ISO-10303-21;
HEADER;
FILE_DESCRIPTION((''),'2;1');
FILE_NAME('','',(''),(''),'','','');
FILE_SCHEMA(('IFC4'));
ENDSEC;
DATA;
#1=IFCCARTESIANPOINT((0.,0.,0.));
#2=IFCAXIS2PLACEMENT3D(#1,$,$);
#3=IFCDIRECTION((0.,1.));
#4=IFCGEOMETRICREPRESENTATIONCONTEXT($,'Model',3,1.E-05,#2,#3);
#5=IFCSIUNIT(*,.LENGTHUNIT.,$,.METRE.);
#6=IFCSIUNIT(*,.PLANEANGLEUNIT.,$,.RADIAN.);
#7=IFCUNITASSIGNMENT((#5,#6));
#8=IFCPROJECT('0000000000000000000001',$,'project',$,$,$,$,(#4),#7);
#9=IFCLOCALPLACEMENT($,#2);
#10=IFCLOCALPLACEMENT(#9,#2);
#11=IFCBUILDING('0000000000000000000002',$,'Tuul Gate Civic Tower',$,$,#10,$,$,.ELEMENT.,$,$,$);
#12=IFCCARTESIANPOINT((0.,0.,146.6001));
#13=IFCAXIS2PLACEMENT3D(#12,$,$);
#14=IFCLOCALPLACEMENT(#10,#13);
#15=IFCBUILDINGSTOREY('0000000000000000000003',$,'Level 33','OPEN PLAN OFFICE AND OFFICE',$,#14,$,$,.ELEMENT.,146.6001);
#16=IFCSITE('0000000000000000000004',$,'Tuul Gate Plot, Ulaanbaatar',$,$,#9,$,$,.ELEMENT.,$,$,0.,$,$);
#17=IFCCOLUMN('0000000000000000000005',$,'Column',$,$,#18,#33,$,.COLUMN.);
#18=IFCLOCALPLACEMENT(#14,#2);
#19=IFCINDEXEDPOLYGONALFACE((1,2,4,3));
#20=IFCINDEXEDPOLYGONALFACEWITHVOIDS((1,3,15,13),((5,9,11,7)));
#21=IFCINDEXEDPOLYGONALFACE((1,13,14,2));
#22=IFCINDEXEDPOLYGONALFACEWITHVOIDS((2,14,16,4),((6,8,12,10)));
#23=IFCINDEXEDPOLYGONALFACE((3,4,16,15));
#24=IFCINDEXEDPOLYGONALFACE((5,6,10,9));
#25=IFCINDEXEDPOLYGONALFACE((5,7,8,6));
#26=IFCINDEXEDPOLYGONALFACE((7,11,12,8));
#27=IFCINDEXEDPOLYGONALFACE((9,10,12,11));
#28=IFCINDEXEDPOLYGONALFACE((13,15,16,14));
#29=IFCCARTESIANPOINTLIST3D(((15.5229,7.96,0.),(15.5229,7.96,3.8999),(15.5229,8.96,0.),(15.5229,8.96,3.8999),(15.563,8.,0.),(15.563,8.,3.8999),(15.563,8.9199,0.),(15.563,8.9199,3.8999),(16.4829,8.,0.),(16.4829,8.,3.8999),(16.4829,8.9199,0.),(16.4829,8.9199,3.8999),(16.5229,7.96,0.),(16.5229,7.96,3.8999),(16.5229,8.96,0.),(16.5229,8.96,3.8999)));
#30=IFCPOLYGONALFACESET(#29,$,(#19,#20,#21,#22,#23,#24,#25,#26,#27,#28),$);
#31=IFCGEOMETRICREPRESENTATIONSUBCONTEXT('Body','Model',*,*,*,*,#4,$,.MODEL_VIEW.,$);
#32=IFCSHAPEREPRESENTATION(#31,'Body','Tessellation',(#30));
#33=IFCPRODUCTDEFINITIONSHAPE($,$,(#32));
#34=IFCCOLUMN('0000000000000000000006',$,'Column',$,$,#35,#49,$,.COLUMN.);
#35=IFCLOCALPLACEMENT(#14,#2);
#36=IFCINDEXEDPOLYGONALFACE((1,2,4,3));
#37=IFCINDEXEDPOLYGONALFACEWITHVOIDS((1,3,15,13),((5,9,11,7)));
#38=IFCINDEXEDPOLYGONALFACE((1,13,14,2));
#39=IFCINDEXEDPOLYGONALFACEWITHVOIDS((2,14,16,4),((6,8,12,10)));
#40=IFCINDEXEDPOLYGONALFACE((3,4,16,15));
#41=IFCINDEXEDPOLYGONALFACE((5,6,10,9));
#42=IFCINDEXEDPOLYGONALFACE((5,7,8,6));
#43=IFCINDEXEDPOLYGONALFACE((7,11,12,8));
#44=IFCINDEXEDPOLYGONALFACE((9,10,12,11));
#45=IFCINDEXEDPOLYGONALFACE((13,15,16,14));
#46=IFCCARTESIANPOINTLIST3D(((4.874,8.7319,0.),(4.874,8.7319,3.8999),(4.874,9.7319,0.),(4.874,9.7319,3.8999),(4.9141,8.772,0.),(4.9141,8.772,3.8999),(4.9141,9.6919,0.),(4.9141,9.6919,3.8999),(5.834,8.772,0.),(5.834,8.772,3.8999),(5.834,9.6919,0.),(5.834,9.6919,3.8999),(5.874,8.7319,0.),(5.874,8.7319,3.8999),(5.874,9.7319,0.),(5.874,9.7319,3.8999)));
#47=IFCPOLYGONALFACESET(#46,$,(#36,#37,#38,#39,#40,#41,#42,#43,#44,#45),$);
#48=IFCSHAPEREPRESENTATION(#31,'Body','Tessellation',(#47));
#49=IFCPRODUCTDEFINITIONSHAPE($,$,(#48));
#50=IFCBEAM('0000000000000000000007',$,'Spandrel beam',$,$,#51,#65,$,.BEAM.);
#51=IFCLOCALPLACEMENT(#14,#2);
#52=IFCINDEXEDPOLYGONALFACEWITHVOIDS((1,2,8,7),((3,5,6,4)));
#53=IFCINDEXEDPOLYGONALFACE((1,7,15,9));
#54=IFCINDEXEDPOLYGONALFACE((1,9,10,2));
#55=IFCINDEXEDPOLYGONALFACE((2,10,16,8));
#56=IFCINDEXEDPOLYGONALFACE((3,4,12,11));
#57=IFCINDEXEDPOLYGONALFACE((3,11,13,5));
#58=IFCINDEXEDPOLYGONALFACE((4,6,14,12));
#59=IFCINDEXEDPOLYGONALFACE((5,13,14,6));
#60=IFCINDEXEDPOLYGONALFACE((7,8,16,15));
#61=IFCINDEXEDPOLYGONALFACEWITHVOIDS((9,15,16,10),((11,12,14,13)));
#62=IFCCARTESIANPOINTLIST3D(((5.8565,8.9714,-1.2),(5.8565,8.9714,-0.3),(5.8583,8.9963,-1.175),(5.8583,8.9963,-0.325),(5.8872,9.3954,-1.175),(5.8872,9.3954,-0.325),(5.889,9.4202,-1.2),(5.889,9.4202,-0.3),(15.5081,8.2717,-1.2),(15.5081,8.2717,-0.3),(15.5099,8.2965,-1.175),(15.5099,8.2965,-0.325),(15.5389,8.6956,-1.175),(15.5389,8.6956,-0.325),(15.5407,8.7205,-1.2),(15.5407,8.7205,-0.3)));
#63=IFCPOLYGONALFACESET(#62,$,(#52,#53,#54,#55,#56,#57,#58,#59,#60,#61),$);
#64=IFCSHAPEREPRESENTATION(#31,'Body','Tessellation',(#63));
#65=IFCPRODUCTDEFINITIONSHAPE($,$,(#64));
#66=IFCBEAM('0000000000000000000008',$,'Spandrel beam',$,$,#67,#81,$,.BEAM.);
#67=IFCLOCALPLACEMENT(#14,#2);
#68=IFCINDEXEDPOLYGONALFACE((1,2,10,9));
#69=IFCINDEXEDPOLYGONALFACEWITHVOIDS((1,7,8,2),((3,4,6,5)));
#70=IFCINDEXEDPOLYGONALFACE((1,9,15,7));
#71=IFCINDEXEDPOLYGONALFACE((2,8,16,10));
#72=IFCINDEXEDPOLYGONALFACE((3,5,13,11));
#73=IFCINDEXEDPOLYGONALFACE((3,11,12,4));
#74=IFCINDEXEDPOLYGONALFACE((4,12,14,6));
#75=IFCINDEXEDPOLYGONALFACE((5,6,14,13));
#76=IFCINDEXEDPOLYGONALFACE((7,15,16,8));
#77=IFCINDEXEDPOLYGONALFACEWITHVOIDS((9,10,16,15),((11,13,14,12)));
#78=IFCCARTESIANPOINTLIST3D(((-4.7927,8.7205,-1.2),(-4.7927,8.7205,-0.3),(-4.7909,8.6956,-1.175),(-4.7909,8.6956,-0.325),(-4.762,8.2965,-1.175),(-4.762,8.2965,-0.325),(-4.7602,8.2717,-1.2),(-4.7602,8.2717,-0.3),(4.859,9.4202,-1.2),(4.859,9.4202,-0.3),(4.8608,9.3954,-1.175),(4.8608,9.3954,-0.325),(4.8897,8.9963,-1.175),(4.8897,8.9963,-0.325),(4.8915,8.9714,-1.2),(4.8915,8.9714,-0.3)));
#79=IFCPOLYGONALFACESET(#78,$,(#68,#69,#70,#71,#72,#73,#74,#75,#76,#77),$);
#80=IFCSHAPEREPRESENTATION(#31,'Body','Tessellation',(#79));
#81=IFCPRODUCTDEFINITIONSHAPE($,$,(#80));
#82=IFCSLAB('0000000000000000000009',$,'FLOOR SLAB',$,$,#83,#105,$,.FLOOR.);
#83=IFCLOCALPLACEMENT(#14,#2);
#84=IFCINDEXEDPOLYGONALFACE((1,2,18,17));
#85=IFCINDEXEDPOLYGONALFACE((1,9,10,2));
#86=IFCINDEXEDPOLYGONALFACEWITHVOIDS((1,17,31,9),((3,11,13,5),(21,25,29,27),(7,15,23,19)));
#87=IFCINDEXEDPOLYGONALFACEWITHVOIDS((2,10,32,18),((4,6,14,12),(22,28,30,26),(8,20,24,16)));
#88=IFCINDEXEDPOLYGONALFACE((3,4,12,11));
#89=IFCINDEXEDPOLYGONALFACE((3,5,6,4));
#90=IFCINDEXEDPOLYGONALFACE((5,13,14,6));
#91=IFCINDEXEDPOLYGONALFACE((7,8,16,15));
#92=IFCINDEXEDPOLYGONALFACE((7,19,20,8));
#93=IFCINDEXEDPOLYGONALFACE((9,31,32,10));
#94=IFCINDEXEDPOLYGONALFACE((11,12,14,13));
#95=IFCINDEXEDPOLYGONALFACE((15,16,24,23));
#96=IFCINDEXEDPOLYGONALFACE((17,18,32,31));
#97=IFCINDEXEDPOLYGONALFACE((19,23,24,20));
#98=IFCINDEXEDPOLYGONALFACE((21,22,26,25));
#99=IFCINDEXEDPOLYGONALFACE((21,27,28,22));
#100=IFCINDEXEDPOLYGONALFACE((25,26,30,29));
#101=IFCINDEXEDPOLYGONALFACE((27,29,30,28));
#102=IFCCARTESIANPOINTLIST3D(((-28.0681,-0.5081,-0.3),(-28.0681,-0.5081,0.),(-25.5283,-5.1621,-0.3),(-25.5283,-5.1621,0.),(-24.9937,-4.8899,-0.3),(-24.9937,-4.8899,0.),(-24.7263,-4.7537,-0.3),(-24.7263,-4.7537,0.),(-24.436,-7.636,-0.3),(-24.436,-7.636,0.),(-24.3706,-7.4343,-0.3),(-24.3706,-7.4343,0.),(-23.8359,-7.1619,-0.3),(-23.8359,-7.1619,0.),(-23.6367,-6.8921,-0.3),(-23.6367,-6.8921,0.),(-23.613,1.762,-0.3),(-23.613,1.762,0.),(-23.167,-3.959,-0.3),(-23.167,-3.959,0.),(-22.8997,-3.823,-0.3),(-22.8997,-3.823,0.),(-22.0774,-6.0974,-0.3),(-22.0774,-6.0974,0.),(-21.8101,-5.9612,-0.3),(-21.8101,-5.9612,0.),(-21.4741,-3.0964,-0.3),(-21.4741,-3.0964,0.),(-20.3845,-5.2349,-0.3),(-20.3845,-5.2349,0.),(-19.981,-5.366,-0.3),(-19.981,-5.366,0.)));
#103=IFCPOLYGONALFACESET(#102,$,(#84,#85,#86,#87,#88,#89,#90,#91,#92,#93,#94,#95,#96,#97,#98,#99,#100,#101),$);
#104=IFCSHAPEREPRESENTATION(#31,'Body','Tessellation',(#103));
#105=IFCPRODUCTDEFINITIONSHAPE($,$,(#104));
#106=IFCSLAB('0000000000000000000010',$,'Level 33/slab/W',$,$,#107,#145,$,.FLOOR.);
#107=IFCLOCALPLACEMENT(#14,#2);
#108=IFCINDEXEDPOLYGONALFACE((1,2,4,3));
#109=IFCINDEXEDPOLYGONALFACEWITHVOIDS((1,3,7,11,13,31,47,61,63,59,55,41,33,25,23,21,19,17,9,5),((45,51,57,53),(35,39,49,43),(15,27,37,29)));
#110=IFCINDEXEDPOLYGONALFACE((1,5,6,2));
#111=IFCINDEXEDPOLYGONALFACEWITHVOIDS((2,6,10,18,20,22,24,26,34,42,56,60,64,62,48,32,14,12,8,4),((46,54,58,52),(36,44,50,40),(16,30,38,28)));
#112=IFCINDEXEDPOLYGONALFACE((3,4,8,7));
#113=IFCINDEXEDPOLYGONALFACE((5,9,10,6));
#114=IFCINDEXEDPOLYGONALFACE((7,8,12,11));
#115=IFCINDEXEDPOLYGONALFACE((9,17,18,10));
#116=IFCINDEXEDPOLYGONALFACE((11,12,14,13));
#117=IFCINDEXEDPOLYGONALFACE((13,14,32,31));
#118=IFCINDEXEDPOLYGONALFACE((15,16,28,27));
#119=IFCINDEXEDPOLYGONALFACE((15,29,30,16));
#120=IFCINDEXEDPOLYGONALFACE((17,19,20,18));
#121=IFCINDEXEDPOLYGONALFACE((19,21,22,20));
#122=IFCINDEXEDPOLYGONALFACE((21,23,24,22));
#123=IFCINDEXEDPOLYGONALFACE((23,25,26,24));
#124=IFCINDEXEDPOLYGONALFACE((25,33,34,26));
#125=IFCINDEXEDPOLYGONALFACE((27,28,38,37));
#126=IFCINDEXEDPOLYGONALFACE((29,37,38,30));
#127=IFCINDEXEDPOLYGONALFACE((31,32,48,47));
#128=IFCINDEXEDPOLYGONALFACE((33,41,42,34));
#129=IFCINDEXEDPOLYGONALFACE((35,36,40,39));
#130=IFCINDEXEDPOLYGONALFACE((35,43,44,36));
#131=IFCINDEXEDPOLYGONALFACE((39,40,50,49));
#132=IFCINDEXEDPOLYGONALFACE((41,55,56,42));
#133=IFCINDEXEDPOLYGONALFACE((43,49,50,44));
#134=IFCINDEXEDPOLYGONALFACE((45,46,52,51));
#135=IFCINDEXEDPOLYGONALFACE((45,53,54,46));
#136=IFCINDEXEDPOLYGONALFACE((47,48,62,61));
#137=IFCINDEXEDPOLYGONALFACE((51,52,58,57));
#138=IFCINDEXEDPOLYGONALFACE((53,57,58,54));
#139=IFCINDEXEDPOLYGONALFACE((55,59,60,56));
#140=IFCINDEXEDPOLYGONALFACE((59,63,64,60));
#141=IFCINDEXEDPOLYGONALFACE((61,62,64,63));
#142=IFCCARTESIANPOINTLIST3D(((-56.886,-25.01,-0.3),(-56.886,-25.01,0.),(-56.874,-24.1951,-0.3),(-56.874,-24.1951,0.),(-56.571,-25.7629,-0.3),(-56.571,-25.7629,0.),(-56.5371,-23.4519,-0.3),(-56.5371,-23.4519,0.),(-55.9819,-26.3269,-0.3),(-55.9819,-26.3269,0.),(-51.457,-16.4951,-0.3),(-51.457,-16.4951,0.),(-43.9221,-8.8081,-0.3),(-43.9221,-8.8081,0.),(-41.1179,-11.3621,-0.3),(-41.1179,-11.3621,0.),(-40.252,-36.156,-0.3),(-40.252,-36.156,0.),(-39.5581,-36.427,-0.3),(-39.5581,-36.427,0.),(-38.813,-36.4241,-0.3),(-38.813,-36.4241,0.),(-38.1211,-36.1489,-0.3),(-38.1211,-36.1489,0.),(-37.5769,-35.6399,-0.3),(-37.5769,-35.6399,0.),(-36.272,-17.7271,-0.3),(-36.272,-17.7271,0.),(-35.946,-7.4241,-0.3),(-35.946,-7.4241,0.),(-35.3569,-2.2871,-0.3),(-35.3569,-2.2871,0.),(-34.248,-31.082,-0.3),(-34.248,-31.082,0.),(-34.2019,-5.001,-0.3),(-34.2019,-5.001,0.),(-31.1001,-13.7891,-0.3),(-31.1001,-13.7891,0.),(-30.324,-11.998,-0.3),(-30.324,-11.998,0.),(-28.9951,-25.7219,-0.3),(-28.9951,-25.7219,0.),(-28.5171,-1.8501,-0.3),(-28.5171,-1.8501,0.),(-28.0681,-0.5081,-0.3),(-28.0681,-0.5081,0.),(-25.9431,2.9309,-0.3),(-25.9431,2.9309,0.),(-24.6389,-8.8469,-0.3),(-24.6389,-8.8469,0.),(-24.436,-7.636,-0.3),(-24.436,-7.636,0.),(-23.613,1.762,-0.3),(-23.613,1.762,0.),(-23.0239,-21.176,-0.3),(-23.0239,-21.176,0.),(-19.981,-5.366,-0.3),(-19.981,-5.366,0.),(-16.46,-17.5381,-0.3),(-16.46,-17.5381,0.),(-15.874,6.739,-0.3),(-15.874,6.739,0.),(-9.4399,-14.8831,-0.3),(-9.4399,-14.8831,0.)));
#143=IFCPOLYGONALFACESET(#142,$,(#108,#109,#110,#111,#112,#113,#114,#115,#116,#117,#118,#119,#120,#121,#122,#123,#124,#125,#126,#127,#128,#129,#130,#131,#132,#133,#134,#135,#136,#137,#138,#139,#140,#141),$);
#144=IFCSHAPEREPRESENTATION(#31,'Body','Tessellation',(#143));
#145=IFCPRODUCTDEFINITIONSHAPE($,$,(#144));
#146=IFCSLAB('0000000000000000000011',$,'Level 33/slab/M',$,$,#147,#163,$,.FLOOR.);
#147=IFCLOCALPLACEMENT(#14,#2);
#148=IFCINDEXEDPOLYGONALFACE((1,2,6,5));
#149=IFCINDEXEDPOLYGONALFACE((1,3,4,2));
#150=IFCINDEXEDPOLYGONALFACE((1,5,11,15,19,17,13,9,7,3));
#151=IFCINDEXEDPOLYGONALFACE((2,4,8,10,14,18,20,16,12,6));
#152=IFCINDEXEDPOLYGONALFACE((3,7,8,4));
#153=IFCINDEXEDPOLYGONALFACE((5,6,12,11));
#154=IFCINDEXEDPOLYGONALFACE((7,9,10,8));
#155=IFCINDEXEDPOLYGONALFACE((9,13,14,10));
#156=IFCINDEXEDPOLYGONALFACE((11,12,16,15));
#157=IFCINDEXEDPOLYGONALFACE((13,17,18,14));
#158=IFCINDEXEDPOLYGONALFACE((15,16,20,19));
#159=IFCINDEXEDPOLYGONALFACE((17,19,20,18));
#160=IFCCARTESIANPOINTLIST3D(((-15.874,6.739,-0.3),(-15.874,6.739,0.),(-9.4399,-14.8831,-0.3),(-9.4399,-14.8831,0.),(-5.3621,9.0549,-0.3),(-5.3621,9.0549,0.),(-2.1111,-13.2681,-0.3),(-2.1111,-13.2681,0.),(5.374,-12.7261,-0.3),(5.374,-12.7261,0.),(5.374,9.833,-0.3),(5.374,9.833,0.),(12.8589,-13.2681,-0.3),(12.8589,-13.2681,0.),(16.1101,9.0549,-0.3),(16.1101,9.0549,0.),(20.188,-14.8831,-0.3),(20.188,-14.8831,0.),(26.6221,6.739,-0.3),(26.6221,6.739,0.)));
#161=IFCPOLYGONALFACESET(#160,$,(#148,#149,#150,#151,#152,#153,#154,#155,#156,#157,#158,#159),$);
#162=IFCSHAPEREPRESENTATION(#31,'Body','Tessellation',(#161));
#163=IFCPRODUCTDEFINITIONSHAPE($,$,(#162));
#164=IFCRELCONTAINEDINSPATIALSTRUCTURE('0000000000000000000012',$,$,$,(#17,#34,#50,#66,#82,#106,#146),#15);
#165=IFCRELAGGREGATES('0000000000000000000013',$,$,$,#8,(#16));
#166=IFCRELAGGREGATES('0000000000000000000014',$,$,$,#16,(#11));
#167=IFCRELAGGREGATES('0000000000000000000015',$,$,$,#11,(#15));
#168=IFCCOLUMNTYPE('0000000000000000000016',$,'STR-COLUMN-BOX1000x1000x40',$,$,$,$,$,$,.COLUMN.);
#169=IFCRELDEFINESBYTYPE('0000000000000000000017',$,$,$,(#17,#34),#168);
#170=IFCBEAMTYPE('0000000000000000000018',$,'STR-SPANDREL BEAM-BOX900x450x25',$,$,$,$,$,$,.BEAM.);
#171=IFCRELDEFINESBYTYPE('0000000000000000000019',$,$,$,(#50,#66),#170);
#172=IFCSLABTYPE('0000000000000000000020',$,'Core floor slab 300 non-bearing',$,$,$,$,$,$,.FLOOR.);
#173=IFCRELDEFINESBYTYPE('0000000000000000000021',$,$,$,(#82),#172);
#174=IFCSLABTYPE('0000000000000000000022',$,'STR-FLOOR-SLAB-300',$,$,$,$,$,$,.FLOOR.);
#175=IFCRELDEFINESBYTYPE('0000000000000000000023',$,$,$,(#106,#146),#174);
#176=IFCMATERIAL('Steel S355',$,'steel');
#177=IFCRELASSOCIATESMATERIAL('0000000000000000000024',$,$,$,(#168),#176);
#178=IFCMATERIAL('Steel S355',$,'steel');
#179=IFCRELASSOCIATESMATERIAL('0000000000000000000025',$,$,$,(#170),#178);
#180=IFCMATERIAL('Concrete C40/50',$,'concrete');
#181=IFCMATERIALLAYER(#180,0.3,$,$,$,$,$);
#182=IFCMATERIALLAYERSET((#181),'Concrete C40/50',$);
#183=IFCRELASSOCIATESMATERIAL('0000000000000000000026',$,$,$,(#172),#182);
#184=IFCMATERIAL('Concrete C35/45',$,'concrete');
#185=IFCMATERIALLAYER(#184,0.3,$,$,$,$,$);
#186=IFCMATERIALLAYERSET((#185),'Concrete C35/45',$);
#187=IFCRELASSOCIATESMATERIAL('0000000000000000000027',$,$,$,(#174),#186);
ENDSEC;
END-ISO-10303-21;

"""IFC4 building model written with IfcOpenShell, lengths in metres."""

from ifc_helpers import new_model, si_unit, direction, frame, origin, origin_2d, place, context, subcontext, project, spatial, polyline, hollow_rectangle, outline, extrude, material, layer, layer_set, material_profile, profile_set, type_object, element, save


model = new_model("IFC4")

# Units and contexts
model_context = context("Model", 3, precision=1e-05, world=origin(), true_north=direction((0.0, 1.0)))
body_context = subcontext(model_context, "Body", "Model", "MODEL_VIEW")
ifc_project = project(units=[si_unit("LENGTHUNIT", "METRE"), si_unit("PLANEANGLEUNIT", "RADIAN")], contexts=[model_context])

# Site, building, storey
site_placement = place(None, origin())
site = spatial("IfcSite", under=ifc_project, at=site_placement, Name="Tuul Gate Plot, Ulaanbaatar", CompositionType="ELEMENT", RefElevation=0.0)
building_placement = place(site_placement, origin())
building = spatial("IfcBuilding", under=site, at=building_placement, Name="Tuul Gate Civic Tower", CompositionType="ELEMENT")
storey_placement = place(building_placement, frame((0.0, 0.0, 146.6001)))
storey = spatial("IfcBuildingStorey", under=building, at=storey_placement, Name="Level 33", Description="OPEN PLAN OFFICE AND OFFICE", CompositionType="ELEMENT", Elevation=146.6001)

# Columns
ifc_material_1 = material(Name="Steel S355", Category="steel")
ifc_material_profile_1 = material_profile(ifc_material_1, hollow_rectangle(XDim=1.0, YDim=1.0, WallThickness=0.04, at=origin_2d()), Name="BOX1000x1000x40")
ifc_profile_set_1 = profile_set([ifc_material_profile_1], Name="Steel S355")
column_type = type_object("IfcColumnType", Name="STR-COLUMN-BOX1000x1000x40", PredefinedType="COLUMN", material=ifc_profile_set_1)
for number, where, z_axis, x_axis, name in (
    (1, (16.0229, 8.46, 0.0), (0.0, 0.0, 1.0), (1.0, 0.0, 0.0), "Column"),
    (2, (5.374, 9.2319, 0.0), (0.0, 0.0, 1.0), (1.0, 0.0, 0.0), "Column"),
):
    element("IfcColumn", number, at=place(storey_placement, frame(where, z_axis=z_axis, x_axis=x_axis)), inside=storey, type_object=column_type, Name=name, PredefinedType="COLUMN", context=body_context, shape_type="SweptSolid", body=[
        extrude(hollow_rectangle(XDim=1.0, YDim=1.0, WallThickness=0.04, at=origin_2d()), origin(), (0.0, 0.0, 1.0), 3.8999),
    ])

# Beams
ifc_material_2 = material(Name="Steel S355", Category="steel")
ifc_material_profile_2 = material_profile(ifc_material_2, hollow_rectangle(XDim=0.45, YDim=0.8999, WallThickness=0.0249, at=origin_2d()), Name="BOX900x450x25")
ifc_profile_set_2 = profile_set([ifc_material_profile_2], Name="Steel S355")
beam_type = type_object("IfcBeamType", Name="STR-SPANDREL BEAM-BOX900x450x25", PredefinedType="BEAM", material=ifc_profile_set_2)
for number, where, z_axis, x_axis, name in (
    (3, (15.5244, 8.4961, -0.75), (-0.997382, 0.072307, 0.0), (-0.072307, -0.997382, 0.0), "Spandrel beam"),
    (4, (4.8752, 9.1958, -0.75), (-0.997382, -0.072307, 0.0), (0.072307, -0.997382, 0.0), "Spandrel beam"),
):
    element("IfcBeam", number, at=place(storey_placement, frame(where, z_axis=z_axis, x_axis=x_axis)), inside=storey, type_object=beam_type, Name=name, PredefinedType="BEAM", context=body_context, shape_type="SweptSolid", body=[
        extrude(hollow_rectangle(XDim=0.45, YDim=0.8999, WallThickness=0.0249, at=origin_2d()), origin(), (0.0, 0.0, 1.0), 9.677),
    ])

# Slabs
ifc_material_3 = material(Name="Concrete C40/50", Category="concrete")
ifc_layer_1 = layer(ifc_material_3, 0.3)
ifc_layer_set_1 = layer_set([ifc_layer_1], Name="Concrete C40/50")
slab_type_1 = type_object("IfcSlabType", Name="Core floor slab 300 non-bearing", PredefinedType="FLOOR", material=ifc_layer_set_1)
slab_1_placement = place(storey_placement, frame((0.0, 0.0, -0.3)))
element("IfcSlab", 5, at=slab_1_placement, inside=storey, type_object=slab_type_1, Name="FLOOR SLAB", PredefinedType="FLOOR", context=body_context, shape_type="SweptSolid", body=[
    extrude(outline(polyline([(-19.981, -5.366), (-23.613, 1.762), (-28.0681, -0.5081), (-24.436, -7.636), (-19.981, -5.366)]), holes=[polyline([(-20.3845, -5.2349), (-21.4741, -3.0964), (-22.8997, -3.823), (-21.8101, -5.9612), (-20.3845, -5.2349)]), polyline([(-22.0774, -6.0974), (-23.167, -3.959), (-24.7263, -4.7537), (-23.6367, -6.8921), (-22.0774, -6.0974)]), polyline([(-23.8359, -7.1619), (-24.9937, -4.8899), (-25.5283, -5.1621), (-24.3706, -7.4343), (-23.8359, -7.1619)])]), origin(), (0.0, 0.0, 1.0), 0.3),
])
ifc_material_4 = material(Name="Concrete C35/45", Category="concrete")
ifc_layer_2 = layer(ifc_material_4, 0.3)
ifc_layer_set_2 = layer_set([ifc_layer_2], Name="Concrete C35/45")
slab_type_2 = type_object("IfcSlabType", Name="STR-FLOOR-SLAB-300", PredefinedType="FLOOR", material=ifc_layer_set_2)
slab_2_placement = place(storey_placement, frame((0.0, 0.0, -0.3)))
element("IfcSlab", 6, at=slab_2_placement, inside=storey, type_object=slab_type_2, Name="Level 33/slab/W", PredefinedType="FLOOR", context=body_context, shape_type="SweptSolid", body=[
    extrude(outline(polyline([(-16.46, -17.5381), (-9.4399, -14.8831), (-15.874, 6.739), (-25.9431, 2.9309), (-35.3569, -2.2871), (-43.9221, -8.8081), (-51.457, -16.4951), (-56.5371, -23.4519), (-56.874, -24.1951), (-56.886, -25.01), (-56.571, -25.7629), (-55.9819, -26.3269), (-40.252, -36.156), (-39.5581, -36.427), (-38.813, -36.4241), (-38.1211, -36.1489), (-37.5769, -35.6399), (-34.248, -31.082), (-28.9951, -25.7219), (-23.0239, -21.176), (-16.46, -17.5381)]), holes=[polyline([(-31.1001, -13.7891), (-36.272, -17.7271), (-41.1179, -11.3621), (-35.946, -7.4241), (-31.1001, -13.7891)]), polyline([(-24.6389, -8.8469), (-30.324, -11.998), (-34.2019, -5.001), (-28.5171, -1.8501), (-24.6389, -8.8469)]), polyline([(-24.436, -7.636), (-28.0681, -0.5081), (-23.613, 1.762), (-19.981, -5.366), (-24.436, -7.636)])]), origin(), (0.0, 0.0, 1.0), 0.3),
])
slab_3_placement = place(storey_placement, frame((0.0, 0.0, -0.3)))
element("IfcSlab", 7, at=slab_3_placement, inside=storey, type_object=slab_type_2, Name="Level 33/slab/M", PredefinedType="FLOOR", context=body_context, shape_type="SweptSolid", body=[
    extrude(outline(polyline([(20.188, -14.8831), (26.6221, 6.739), (16.1101, 9.0549), (5.374, 9.833), (-5.3621, 9.0549), (-15.874, 6.739), (-9.4399, -14.8831), (-2.1111, -13.2681), (5.374, -12.7261), (12.8589, -13.2681), (20.188, -14.8831)])), origin(), (0.0, 0.0, 1.0), 0.3),
])

save(model, "model.ifc")
